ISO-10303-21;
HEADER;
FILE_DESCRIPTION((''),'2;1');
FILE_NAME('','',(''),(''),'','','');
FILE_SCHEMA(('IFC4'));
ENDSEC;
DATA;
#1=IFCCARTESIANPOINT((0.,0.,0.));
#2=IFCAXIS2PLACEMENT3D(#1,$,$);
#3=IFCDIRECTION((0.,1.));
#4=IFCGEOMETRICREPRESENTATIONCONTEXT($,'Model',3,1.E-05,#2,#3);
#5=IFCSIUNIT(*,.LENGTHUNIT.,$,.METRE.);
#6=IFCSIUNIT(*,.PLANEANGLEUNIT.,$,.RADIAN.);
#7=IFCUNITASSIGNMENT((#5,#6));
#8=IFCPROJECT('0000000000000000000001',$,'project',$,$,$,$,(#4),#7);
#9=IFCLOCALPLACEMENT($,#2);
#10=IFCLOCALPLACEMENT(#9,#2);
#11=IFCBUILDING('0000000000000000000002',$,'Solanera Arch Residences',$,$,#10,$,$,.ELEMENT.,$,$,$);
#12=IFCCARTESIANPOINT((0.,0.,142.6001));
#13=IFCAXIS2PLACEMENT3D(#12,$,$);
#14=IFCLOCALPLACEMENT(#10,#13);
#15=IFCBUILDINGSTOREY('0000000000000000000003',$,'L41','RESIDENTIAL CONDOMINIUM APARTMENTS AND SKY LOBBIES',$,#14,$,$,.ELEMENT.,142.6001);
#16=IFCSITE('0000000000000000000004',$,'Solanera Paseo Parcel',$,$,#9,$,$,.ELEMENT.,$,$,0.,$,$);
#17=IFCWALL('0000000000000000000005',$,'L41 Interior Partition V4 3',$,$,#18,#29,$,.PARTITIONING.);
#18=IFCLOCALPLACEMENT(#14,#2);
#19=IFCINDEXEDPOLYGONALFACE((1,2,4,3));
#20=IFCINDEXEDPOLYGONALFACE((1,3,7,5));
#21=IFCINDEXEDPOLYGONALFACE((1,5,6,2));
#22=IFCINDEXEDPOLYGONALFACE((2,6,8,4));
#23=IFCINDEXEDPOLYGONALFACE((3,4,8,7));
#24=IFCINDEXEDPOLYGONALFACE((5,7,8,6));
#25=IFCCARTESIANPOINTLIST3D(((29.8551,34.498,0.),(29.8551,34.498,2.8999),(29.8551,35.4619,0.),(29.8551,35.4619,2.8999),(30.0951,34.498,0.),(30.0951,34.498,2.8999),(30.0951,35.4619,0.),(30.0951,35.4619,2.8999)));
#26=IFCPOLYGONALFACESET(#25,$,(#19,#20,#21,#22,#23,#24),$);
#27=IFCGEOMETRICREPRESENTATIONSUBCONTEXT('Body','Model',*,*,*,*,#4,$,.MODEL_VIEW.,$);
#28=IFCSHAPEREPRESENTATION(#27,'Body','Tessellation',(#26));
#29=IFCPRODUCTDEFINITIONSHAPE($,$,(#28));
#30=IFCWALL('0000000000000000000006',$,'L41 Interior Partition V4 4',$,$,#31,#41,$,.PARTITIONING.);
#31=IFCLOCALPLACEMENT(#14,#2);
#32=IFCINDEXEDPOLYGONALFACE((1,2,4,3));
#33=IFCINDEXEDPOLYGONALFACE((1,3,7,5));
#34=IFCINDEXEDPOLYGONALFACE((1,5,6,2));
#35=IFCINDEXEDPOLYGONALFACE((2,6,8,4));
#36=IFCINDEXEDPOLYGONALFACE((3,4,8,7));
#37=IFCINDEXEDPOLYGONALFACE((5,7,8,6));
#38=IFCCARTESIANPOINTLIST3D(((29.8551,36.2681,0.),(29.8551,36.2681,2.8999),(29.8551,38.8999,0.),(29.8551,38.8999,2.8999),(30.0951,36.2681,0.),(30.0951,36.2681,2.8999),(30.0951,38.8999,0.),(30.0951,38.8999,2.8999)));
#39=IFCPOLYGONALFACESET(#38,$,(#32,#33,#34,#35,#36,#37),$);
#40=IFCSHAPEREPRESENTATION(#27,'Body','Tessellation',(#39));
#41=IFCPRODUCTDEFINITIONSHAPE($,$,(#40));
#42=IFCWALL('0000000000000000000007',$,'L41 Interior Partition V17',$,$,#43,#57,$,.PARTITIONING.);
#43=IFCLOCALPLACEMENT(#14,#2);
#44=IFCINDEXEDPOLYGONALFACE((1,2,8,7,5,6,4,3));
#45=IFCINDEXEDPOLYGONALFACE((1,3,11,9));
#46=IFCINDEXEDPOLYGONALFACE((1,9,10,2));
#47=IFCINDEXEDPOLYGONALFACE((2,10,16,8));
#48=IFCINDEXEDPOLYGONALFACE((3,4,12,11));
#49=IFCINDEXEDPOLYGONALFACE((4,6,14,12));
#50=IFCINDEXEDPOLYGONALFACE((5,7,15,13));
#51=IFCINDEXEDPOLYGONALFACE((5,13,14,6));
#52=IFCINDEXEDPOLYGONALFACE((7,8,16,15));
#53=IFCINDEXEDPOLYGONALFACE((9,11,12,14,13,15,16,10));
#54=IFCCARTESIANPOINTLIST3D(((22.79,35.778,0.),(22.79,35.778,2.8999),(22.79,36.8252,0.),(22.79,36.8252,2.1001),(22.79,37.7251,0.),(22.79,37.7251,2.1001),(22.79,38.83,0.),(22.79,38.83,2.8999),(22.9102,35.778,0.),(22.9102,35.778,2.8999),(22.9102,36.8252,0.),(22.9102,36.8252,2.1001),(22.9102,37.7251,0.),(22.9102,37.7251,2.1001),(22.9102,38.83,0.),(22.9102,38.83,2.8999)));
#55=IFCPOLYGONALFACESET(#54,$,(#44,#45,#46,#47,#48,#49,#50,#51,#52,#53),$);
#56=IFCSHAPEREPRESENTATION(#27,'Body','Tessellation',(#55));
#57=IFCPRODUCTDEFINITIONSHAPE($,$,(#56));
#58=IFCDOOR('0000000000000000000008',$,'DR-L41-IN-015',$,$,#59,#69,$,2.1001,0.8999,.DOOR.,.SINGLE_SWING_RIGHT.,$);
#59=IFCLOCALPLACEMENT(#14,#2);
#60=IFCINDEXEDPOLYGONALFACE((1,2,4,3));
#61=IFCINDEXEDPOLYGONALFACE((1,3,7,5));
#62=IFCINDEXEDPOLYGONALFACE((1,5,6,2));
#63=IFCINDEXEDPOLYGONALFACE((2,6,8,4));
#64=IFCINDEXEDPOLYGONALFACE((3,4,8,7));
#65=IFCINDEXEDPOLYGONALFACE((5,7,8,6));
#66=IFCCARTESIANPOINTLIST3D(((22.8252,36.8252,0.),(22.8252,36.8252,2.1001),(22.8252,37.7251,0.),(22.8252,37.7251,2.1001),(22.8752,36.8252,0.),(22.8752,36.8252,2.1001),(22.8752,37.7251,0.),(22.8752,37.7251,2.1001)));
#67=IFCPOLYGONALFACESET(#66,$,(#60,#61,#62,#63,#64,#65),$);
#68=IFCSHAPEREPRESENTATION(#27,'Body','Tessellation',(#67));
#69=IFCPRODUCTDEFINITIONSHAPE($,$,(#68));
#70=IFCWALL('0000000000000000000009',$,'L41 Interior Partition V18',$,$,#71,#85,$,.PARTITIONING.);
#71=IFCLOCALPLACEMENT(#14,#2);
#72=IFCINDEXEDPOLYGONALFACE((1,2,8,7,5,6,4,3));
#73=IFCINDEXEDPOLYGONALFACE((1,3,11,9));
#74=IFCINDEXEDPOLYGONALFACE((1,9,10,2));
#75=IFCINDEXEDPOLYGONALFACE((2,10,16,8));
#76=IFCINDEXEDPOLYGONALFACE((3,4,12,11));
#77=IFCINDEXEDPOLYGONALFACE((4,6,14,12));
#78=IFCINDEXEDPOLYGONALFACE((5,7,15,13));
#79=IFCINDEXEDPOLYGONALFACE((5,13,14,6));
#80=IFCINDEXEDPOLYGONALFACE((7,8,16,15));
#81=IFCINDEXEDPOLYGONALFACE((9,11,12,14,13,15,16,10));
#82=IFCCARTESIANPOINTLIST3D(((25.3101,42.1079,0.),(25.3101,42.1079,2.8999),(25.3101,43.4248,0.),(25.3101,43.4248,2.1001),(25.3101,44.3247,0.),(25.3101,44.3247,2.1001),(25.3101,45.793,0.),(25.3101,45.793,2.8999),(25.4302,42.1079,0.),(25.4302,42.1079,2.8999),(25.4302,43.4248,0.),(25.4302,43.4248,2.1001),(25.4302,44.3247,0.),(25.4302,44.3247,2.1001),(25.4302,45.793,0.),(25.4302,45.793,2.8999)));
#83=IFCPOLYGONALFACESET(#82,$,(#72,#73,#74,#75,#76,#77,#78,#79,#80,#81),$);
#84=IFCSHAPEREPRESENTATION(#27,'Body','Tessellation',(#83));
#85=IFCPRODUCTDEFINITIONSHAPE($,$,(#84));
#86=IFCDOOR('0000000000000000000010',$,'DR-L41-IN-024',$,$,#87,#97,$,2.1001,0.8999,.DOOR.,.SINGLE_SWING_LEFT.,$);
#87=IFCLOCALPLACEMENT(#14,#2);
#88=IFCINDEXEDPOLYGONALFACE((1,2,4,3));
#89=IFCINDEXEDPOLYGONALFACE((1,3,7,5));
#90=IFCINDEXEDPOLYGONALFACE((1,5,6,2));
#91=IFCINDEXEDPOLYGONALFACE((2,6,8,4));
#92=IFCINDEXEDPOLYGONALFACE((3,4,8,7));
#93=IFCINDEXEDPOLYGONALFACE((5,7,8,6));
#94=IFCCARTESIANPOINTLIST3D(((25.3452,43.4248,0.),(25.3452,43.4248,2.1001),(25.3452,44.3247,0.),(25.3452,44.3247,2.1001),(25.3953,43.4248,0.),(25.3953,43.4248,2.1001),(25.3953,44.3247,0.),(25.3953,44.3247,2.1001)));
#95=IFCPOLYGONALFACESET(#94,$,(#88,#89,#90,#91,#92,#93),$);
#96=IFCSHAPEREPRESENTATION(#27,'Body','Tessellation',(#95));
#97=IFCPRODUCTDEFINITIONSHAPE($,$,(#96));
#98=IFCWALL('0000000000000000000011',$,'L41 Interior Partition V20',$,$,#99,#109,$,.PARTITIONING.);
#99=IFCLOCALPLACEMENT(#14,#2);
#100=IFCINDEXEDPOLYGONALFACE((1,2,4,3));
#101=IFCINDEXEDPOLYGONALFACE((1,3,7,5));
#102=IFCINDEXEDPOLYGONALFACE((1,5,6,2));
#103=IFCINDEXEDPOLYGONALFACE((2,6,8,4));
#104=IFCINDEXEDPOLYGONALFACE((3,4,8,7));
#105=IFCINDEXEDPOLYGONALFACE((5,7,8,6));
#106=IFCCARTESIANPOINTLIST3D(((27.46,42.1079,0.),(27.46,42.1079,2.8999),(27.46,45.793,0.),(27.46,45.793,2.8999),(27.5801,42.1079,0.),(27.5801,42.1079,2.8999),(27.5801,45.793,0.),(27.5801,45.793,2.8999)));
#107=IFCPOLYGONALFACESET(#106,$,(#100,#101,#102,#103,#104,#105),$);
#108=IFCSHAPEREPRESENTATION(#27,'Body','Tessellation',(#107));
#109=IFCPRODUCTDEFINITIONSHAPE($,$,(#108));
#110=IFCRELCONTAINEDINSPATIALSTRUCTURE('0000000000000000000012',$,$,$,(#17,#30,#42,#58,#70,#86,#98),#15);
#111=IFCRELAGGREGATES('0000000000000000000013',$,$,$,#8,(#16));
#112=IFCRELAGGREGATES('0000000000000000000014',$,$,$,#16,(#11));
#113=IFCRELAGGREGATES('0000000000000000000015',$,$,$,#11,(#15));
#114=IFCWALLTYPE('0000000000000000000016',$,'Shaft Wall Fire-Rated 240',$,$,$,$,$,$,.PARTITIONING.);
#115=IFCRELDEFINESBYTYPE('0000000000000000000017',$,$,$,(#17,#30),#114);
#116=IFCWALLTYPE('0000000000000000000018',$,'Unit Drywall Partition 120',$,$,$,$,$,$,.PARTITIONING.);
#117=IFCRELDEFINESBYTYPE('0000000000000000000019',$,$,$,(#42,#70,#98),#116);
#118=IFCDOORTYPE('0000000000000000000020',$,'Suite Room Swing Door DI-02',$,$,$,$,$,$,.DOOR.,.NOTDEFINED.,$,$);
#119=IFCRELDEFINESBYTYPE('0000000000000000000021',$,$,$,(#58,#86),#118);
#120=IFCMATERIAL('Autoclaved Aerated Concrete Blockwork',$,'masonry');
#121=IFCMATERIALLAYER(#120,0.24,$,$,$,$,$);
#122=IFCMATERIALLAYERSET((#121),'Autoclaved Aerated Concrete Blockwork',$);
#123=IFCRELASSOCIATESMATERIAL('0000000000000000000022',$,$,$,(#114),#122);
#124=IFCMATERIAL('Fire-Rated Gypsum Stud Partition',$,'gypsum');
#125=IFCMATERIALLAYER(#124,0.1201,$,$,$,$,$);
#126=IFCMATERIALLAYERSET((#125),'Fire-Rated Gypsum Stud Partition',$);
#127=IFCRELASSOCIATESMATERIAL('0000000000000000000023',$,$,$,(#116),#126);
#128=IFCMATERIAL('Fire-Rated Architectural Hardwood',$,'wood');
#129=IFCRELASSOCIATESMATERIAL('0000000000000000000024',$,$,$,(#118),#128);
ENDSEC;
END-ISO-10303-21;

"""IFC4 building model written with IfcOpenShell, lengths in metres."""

from ifc_helpers import new_model, si_unit, direction, frame, frame_2d, origin, place, context, subcontext, project, spatial, rectangle, extrude, material, layer, layer_set, type_object, element, fill, save


model = new_model("IFC4")

# Units and contexts
model_context = context("Model", 3, precision=1e-05, world=origin(), true_north=direction((0.0, 1.0)))
body_context = subcontext(model_context, "Body", "Model", "MODEL_VIEW")
ifc_project = project(units=[si_unit("LENGTHUNIT", "METRE"), si_unit("PLANEANGLEUNIT", "RADIAN")], contexts=[model_context])

# Site, building, storey
site_placement = place(None, origin())
site = spatial("IfcSite", under=ifc_project, at=site_placement, Name="Solanera Paseo Parcel", CompositionType="ELEMENT", RefElevation=0.0)
building_placement = place(site_placement, origin())
building = spatial("IfcBuilding", under=site, at=building_placement, Name="Solanera Arch Residences", CompositionType="ELEMENT")
storey_placement = place(building_placement, frame((0.0, 0.0, 142.6001)))
storey = spatial("IfcBuildingStorey", under=building, at=storey_placement, Name="L41", Description="RESIDENTIAL CONDOMINIUM APARTMENTS AND SKY LOBBIES", CompositionType="ELEMENT", Elevation=142.6001)

# Shared definitions
ifc_material_1 = material(Name="Autoclaved Aerated Concrete Blockwork", Category="masonry")
ifc_layer_1 = layer(ifc_material_1, 0.24)
ifc_layer_set_1 = layer_set([ifc_layer_1], Name="Autoclaved Aerated Concrete Blockwork")
wall_type_1 = type_object("IfcWallType", Name="Shaft Wall Fire-Rated 240", PredefinedType="PARTITIONING", material=ifc_layer_set_1)

# Walls
wall_1_placement = place(storey_placement, frame((29.9751, 34.498, 0.0), z_axis=(0.0, 0.0, 1.0), x_axis=(0.0, 1.0, 0.0)))
element("IfcWall", 1, at=wall_1_placement, inside=storey, type_object=wall_type_1, Name="L41 Interior Partition V4 3", PredefinedType="PARTITIONING", context=body_context, shape_type="SweptSolid", body=[
    extrude(rectangle(XDim=0.9639, YDim=0.24, at=frame_2d((0.4819, 0.0))), origin(), (0.0, 0.0, 1.0), 2.8999),
])
wall_2_placement = place(storey_placement, frame((29.9751, 36.2681, 0.0), z_axis=(0.0, 0.0, 1.0), x_axis=(0.0, 1.0, 0.0)))
element("IfcWall", 2, at=wall_2_placement, inside=storey, type_object=wall_type_1, Name="L41 Interior Partition V4 4", PredefinedType="PARTITIONING", context=body_context, shape_type="SweptSolid", body=[
    extrude(rectangle(XDim=2.6318, YDim=0.24, at=frame_2d((1.3159, 0.0))), origin(), (0.0, 0.0, 1.0), 2.8999),
])

# Walls, openings, doors
ifc_material_2 = material(Name="Fire-Rated Gypsum Stud Partition", Category="gypsum")
ifc_layer_2 = layer(ifc_material_2, 0.1201)
ifc_layer_set_2 = layer_set([ifc_layer_2], Name="Fire-Rated Gypsum Stud Partition")
wall_type_2 = type_object("IfcWallType", Name="Unit Drywall Partition 120", PredefinedType="PARTITIONING", material=ifc_layer_set_2)
wall_3_placement = place(storey_placement, frame((22.8501, 35.7781, 0.0), z_axis=(0.0, 0.0, 1.0), x_axis=(0.0, 1.0, 0.0)))
wall_3 = element("IfcWall", 3, at=wall_3_placement, inside=storey, type_object=wall_type_2, Name="L41 Interior Partition V17", PredefinedType="PARTITIONING", context=body_context, shape_type="SweptSolid", body=[
    extrude(rectangle(XDim=3.052, YDim=0.1201, at=frame_2d((1.5259, 0.0))), origin(), (0.0, 0.0, 1.0), 2.8999),
])
opening_1_placement = place(wall_3_placement, frame((1.0471, 0.0, 0.0)))
opening_1 = element("IfcOpeningElement", 4, at=opening_1_placement, cuts=wall_3, PredefinedType="OPENING", context=body_context, shape_type="SweptSolid", body=[
    extrude(rectangle(XDim=0.8999, YDim=2.1001, at=frame_2d((0.45, 1.05))), frame((0.0, 0.0701, 0.0), z_axis=(0.0, -1.0, 0.0), x_axis=(1.0, 0.0, 0.0)), (0.0, 0.0, 1.0), 0.1401),
])
ifc_material_3 = material(Name="Fire-Rated Architectural Hardwood", Category="wood")
door_type_1 = type_object("IfcDoorType", Name="Suite Room Swing Door DI-02", OperationType="NOTDEFINED", PredefinedType="DOOR", material=ifc_material_3)
door_1_placement = place(opening_1_placement, origin())
door_1 = element("IfcDoor", 5, at=door_1_placement, inside=storey, type_object=door_type_1, Name="DR-L41-IN-015", OperationType="SINGLE_SWING_RIGHT", OverallHeight=2.1001, OverallWidth=0.8999, PredefinedType="DOOR", context=body_context, shape_type="SweptSolid", body=[
    extrude(rectangle(XDim=0.8999, YDim=2.1001, at=frame_2d((0.45, 1.05))), frame((0.0, 0.0249, 0.0), z_axis=(0.0, -1.0, 0.0), x_axis=(1.0, 0.0, 0.0)), (0.0, 0.0, 1.0), 0.05),
])
fill(opening_1, door_1)
wall_4_placement = place(storey_placement, frame((25.3701, 42.1079, 0.0), z_axis=(0.0, 0.0, 1.0), x_axis=(0.0, 1.0, 0.0)))
wall_4 = element("IfcWall", 6, at=wall_4_placement, inside=storey, type_object=wall_type_2, Name="L41 Interior Partition V18", PredefinedType="PARTITIONING", context=body_context, shape_type="SweptSolid", body=[
    extrude(rectangle(XDim=3.6851, YDim=0.1201, at=frame_2d((1.8425, 0.0))), origin(), (0.0, 0.0, 1.0), 2.8999),
])
opening_2_placement = place(wall_4_placement, frame((1.3169, 0.0, 0.0)))
opening_2 = element("IfcOpeningElement", 7, at=opening_2_placement, cuts=wall_4, PredefinedType="OPENING", context=body_context, shape_type="SweptSolid", body=[
    extrude(rectangle(XDim=0.8999, YDim=2.1001, at=frame_2d((0.45, 1.05))), frame((0.0, 0.0701, 0.0), z_axis=(0.0, -1.0, 0.0), x_axis=(1.0, 0.0, 0.0)), (0.0, 0.0, 1.0), 0.1401),
])
door_2_placement = place(opening_2_placement, origin())
door_2 = element("IfcDoor", 8, at=door_2_placement, inside=storey, type_object=door_type_1, Name="DR-L41-IN-024", OperationType="SINGLE_SWING_LEFT", OverallHeight=2.1001, OverallWidth=0.8999, PredefinedType="DOOR", context=body_context, shape_type="SweptSolid", body=[
    extrude(rectangle(XDim=0.8999, YDim=2.1001, at=frame_2d((0.45, 1.05))), frame((0.0, 0.0249, 0.0), z_axis=(0.0, -1.0, 0.0), x_axis=(1.0, 0.0, 0.0)), (0.0, 0.0, 1.0), 0.05),
])
fill(opening_2, door_2)

# Wall
wall_5_placement = place(storey_placement, frame((27.52, 42.1079, 0.0), z_axis=(0.0, 0.0, 1.0), x_axis=(0.0, 1.0, 0.0)))
element("IfcWall", 9, at=wall_5_placement, inside=storey, type_object=wall_type_2, Name="L41 Interior Partition V20", PredefinedType="PARTITIONING", context=body_context, shape_type="SweptSolid", body=[
    extrude(rectangle(XDim=3.6851, YDim=0.1201, at=frame_2d((1.8425, 0.0))), origin(), (0.0, 0.0, 1.0), 2.8999),
])

save(model, "model.ifc")
